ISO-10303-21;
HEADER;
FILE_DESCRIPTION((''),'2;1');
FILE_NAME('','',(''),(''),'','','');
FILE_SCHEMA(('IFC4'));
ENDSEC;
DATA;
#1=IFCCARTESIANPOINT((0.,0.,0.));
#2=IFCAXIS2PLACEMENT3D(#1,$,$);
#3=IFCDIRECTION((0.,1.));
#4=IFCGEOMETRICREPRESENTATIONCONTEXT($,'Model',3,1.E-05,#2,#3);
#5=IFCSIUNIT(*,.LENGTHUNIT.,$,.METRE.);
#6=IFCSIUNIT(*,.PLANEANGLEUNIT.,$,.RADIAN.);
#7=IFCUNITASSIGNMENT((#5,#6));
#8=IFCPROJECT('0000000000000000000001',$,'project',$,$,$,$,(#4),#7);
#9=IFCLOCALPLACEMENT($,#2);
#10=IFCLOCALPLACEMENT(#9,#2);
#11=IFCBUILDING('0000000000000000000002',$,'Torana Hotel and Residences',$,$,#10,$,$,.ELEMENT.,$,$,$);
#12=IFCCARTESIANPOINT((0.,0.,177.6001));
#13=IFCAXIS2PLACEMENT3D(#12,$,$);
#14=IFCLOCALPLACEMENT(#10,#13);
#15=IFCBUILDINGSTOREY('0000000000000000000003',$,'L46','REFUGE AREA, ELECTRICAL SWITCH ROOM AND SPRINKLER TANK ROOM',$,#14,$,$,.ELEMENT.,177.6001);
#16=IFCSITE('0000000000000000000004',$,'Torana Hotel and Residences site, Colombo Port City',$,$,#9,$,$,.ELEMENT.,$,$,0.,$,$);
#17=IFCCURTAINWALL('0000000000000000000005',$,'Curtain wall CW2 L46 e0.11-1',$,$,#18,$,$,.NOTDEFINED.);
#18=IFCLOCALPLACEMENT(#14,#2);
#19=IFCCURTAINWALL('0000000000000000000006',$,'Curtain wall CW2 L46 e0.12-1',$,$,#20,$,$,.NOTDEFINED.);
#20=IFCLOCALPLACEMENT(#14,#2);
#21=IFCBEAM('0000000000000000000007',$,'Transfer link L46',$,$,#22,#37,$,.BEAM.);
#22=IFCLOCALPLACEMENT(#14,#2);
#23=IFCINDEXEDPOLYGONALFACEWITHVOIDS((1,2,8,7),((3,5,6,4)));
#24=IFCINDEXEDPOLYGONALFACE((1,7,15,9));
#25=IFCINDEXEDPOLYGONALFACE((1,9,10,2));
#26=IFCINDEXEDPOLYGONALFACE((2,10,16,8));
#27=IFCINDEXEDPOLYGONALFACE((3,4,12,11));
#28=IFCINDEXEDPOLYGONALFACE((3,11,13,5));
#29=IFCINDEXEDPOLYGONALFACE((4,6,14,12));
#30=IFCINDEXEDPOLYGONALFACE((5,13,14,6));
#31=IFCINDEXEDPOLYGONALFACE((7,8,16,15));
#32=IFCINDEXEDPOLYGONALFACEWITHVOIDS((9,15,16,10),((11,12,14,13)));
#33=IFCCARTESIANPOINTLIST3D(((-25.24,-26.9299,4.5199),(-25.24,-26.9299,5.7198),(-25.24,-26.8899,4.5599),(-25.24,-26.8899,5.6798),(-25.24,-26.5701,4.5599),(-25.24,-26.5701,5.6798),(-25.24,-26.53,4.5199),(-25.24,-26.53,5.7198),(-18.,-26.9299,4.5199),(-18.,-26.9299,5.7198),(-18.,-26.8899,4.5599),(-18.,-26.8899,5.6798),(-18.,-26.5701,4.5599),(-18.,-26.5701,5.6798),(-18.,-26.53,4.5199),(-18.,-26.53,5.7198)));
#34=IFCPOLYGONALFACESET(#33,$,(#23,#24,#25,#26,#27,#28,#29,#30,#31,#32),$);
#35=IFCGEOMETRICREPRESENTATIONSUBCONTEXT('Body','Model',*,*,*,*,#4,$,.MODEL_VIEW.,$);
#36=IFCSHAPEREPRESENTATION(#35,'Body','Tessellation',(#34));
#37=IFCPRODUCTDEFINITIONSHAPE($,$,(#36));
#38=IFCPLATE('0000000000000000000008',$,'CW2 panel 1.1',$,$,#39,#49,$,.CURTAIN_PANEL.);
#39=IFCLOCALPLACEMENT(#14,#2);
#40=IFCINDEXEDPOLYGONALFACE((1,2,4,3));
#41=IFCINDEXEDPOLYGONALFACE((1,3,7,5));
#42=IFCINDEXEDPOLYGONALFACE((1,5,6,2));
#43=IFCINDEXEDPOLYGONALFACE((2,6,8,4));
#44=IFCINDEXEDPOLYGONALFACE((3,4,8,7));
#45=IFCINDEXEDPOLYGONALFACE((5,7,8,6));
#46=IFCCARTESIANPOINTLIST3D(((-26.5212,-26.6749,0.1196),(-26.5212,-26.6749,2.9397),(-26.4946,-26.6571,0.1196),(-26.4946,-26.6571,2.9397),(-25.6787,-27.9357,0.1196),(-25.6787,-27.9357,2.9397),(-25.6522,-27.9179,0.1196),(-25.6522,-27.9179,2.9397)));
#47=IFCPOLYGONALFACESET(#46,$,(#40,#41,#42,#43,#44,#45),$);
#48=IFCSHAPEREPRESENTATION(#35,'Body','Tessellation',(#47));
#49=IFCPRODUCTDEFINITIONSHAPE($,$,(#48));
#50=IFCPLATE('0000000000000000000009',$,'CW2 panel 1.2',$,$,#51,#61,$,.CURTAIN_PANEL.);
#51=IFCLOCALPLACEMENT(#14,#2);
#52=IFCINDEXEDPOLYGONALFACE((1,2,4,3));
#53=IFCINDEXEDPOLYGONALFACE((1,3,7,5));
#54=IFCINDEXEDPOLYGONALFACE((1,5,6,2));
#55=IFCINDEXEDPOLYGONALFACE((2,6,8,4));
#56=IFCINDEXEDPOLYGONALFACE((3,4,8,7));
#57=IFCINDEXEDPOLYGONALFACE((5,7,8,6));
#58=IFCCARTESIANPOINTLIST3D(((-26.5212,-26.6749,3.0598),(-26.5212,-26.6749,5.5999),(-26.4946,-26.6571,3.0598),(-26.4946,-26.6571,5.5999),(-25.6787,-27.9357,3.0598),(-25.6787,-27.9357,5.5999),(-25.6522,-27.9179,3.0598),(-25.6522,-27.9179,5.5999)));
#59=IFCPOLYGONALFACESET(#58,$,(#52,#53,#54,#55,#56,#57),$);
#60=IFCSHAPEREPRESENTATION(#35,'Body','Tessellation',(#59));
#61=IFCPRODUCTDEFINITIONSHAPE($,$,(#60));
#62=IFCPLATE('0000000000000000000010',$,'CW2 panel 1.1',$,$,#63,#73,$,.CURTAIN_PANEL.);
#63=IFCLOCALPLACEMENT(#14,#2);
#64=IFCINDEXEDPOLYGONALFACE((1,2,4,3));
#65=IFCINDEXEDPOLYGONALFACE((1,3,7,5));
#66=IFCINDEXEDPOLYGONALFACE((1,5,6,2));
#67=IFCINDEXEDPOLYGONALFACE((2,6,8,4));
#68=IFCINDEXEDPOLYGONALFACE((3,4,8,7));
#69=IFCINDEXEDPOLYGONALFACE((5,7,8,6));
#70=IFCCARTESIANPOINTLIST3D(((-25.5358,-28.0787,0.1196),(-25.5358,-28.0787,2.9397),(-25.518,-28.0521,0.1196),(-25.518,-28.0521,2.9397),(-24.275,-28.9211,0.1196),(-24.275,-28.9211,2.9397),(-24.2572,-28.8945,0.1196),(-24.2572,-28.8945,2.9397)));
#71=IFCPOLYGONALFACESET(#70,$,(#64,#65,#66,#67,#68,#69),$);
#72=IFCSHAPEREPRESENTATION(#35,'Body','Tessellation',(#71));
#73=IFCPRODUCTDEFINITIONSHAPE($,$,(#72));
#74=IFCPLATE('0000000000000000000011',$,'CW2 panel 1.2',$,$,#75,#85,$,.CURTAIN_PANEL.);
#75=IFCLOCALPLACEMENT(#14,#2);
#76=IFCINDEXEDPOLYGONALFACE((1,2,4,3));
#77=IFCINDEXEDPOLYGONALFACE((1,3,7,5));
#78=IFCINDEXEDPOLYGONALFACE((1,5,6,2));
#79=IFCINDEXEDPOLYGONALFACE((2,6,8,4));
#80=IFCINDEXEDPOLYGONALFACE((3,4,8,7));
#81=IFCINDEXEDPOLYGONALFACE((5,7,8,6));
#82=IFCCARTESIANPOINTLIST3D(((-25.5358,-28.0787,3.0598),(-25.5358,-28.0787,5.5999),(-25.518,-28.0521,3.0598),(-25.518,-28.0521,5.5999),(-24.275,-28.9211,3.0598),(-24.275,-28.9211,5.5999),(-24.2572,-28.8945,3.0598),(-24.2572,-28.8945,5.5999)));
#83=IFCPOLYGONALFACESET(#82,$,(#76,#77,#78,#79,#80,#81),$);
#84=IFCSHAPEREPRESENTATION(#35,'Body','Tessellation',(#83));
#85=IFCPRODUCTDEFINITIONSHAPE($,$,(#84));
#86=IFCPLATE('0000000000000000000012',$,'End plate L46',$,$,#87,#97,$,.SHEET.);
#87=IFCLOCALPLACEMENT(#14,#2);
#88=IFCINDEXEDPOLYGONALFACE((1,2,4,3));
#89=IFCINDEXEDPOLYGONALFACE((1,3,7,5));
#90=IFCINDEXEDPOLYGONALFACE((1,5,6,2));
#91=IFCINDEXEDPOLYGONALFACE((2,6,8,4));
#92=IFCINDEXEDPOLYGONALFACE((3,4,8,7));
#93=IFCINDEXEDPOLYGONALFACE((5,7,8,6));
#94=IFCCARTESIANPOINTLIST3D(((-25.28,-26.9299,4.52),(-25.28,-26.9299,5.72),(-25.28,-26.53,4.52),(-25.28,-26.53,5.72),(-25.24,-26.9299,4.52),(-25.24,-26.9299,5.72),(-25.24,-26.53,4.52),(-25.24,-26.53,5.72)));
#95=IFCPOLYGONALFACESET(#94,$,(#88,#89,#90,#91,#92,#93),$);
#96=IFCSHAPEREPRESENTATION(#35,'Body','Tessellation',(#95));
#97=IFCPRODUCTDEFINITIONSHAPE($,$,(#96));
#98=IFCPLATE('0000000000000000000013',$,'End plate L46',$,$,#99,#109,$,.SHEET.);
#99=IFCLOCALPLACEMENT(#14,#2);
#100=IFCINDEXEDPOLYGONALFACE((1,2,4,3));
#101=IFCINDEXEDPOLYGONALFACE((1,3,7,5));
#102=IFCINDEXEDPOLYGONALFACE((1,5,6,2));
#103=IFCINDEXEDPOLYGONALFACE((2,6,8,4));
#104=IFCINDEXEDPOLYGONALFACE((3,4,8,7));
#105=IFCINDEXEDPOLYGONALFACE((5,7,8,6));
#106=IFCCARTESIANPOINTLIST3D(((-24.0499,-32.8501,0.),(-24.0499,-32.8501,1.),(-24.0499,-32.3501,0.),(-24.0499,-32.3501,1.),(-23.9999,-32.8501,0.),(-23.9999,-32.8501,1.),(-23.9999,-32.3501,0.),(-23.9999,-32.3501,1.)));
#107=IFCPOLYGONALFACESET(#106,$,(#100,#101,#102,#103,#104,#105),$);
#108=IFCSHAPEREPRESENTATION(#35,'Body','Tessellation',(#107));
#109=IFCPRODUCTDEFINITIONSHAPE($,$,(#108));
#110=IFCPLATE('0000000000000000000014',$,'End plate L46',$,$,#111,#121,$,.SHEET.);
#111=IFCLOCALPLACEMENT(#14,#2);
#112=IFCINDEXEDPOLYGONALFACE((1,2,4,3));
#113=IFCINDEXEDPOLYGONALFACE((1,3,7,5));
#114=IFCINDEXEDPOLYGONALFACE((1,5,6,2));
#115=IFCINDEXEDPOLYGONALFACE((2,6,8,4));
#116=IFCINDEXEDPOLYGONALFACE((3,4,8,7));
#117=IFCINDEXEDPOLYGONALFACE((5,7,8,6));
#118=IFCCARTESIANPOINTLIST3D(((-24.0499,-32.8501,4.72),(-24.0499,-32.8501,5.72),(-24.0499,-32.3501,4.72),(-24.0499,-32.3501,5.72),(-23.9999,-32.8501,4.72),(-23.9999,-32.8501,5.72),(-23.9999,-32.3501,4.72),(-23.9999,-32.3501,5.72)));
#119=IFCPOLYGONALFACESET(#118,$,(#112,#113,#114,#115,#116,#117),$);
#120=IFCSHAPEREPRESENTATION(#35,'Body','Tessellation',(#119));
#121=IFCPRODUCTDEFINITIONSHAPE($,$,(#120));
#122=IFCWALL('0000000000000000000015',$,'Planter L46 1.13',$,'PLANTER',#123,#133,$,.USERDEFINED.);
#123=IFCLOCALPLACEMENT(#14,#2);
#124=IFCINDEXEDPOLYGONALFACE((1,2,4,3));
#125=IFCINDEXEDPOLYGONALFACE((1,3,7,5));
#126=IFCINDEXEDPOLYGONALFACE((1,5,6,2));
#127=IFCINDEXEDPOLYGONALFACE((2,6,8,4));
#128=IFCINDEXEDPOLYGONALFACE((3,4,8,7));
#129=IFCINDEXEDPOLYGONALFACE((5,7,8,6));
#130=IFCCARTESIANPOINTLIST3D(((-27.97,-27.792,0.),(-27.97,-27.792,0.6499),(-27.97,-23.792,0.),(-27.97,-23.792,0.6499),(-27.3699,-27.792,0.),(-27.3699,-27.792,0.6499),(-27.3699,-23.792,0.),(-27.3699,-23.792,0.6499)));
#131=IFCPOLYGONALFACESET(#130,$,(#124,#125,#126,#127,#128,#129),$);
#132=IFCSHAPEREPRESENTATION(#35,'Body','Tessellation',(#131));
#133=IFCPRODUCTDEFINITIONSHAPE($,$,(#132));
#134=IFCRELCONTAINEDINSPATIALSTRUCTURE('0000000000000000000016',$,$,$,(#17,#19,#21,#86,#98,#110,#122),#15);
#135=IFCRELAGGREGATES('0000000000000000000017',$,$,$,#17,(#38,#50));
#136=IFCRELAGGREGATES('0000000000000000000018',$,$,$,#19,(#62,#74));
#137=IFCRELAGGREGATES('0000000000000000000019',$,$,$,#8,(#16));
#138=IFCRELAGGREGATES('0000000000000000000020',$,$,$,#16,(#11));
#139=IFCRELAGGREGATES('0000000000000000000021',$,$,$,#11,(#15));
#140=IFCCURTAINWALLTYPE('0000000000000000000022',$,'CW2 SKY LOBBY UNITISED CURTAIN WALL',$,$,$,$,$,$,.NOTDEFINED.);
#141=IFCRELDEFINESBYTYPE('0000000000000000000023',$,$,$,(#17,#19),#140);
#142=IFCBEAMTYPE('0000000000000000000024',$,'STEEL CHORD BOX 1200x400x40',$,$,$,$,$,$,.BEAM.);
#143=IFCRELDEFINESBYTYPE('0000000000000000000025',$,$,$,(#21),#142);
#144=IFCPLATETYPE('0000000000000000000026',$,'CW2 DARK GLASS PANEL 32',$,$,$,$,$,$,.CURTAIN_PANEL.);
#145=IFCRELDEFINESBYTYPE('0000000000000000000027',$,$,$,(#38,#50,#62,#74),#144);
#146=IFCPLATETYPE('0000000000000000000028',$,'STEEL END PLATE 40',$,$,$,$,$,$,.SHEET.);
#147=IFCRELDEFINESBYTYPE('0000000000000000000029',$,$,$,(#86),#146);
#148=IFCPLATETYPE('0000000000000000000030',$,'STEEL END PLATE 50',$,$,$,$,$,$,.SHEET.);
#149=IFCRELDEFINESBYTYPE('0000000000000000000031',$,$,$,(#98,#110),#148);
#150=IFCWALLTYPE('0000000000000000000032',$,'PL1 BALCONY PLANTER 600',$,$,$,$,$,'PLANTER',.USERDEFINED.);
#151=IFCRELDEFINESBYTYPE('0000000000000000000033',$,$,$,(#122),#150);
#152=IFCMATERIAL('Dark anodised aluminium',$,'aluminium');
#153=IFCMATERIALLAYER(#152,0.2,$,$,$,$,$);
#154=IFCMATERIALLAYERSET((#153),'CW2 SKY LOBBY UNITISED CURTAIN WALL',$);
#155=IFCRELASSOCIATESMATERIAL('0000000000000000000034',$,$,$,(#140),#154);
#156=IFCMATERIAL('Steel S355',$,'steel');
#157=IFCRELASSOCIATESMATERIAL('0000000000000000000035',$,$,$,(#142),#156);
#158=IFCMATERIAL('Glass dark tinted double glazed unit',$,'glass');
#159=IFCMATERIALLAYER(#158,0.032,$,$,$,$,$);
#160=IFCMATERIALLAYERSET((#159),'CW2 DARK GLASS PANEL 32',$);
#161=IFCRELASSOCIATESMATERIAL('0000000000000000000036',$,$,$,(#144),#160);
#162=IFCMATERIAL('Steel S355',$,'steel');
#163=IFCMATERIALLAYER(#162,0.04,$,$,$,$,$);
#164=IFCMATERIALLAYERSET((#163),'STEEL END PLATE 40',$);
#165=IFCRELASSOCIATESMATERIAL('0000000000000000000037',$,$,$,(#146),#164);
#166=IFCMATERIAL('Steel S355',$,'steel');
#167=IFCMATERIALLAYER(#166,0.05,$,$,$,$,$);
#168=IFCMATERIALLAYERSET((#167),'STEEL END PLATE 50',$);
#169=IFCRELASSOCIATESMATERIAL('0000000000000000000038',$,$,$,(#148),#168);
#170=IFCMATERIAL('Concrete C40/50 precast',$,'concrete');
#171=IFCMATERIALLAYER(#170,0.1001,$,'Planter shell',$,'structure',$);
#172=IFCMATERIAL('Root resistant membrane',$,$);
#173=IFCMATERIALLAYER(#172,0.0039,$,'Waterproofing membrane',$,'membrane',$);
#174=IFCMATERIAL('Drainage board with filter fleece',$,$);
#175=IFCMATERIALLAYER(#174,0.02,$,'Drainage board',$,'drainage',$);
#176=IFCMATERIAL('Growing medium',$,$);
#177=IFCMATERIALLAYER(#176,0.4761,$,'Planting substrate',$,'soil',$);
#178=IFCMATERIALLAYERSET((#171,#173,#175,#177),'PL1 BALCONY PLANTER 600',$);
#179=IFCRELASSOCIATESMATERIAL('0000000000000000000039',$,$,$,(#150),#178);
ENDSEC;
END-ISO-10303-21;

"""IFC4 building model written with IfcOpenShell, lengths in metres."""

from ifc_helpers import new_model, si_unit, direction, frame, frame_2d, origin, origin_2d, place, context, subcontext, project, spatial, rectangle, hollow_rectangle, extrude, material, layer, layer_set, material_profile, profile_set, type_object, element, aggregate, save


model = new_model("IFC4")

# Units and contexts
model_context = context("Model", 3, precision=1e-05, world=origin(), true_north=direction((0.0, 1.0)))
body_context = subcontext(model_context, "Body", "Model", "MODEL_VIEW")
ifc_project = project(units=[si_unit("LENGTHUNIT", "METRE"), si_unit("PLANEANGLEUNIT", "RADIAN")], contexts=[model_context])

# Site, building, storey
site_placement = place(None, origin())
site = spatial("IfcSite", under=ifc_project, at=site_placement, Name="Torana Hotel and Residences site, Colombo Port City", CompositionType="ELEMENT", RefElevation=0.0)
building_placement = place(site_placement, origin())
building = spatial("IfcBuilding", under=site, at=building_placement, Name="Torana Hotel and Residences", CompositionType="ELEMENT")
storey_placement = place(building_placement, frame((0.0, 0.0, 177.6001)))
storey = spatial("IfcBuildingStorey", under=building, at=storey_placement, Name="L46", Description="REFUGE AREA, ELECTRICAL SWITCH ROOM AND SPRINKLER TANK ROOM", CompositionType="ELEMENT", Elevation=177.6001)

# Curtain wall
ifc_material_1 = material(Name="Dark anodised aluminium", Category="aluminium")
ifc_layer_1 = layer(ifc_material_1, 0.2)
ifc_layer_set_1 = layer_set([ifc_layer_1], Name="CW2 SKY LOBBY UNITISED CURTAIN WALL")
curtain_wall_type = type_object("IfcCurtainWallType", Name="CW2 SKY LOBBY UNITISED CURTAIN WALL", PredefinedType="NOTDEFINED", material=ifc_layer_set_1)
curtain_wall_1_placement = place(storey_placement, origin())
curtain_wall_1 = element("IfcCurtainWall", 1, at=curtain_wall_1_placement, inside=storey, type_object=curtain_wall_type, Name="Curtain wall CW2 L46 e0.11-1", PredefinedType="NOTDEFINED")

# Curtain wall
curtain_wall_2_placement = place(storey_placement, origin())
curtain_wall_2 = element("IfcCurtainWall", 2, at=curtain_wall_2_placement, inside=storey, type_object=curtain_wall_type, Name="Curtain wall CW2 L46 e0.12-1", PredefinedType="NOTDEFINED")

# Beam
ifc_material_2 = material(Name="Steel S355", Category="steel")
ifc_material_profile_1 = material_profile(ifc_material_2, hollow_rectangle(XDim=0.3999, YDim=1.2, WallThickness=0.04, at=origin_2d()), Name="BOX 1200x400x40")
ifc_profile_set_1 = profile_set([ifc_material_profile_1], Name="Steel S355")
beam_type_1 = type_object("IfcBeamType", Name="STEEL CHORD BOX 1200x400x40", PredefinedType="BEAM", material=ifc_profile_set_1)
beam_1_placement = place(storey_placement, frame((-25.24, -26.73, 5.1199), z_axis=(1.0, 0.0, 0.0), x_axis=(0.0, 1.0, 0.0)))
element("IfcBeam", 3, at=beam_1_placement, inside=storey, type_object=beam_type_1, Name="Transfer link L46", PredefinedType="BEAM", context=body_context, shape_type="SweptSolid", body=[
    extrude(hollow_rectangle(XDim=0.3999, YDim=1.2, WallThickness=0.04, at=origin_2d()), origin(), (0.0, 0.0, 1.0), 7.24),
])

# Plates
ifc_material_3 = material(Name="Glass dark tinted double glazed unit", Category="glass")
ifc_layer_2 = layer(ifc_material_3, 0.032)
ifc_layer_set_2 = layer_set([ifc_layer_2], Name="CW2 DARK GLASS PANEL 32")
plate_type_1 = type_object("IfcPlateType", Name="CW2 DARK GLASS PANEL 32", PredefinedType="CURTAIN_PANEL", material=ifc_layer_set_2)
plate_1_placement = place(storey_placement, frame((-26.0867, -27.2964, 0.1196), z_axis=(0.0, 0.0, 1.0), x_axis=(0.555564, -0.831474, 0.0)))
plate_1 = element("IfcPlate", 4, at=plate_1_placement, type_object=plate_type_1, Name="CW2 panel 1.1", PredefinedType="CURTAIN_PANEL", context=body_context, shape_type="SweptSolid", body=[
    extrude(rectangle(XDim=1.5164, YDim=0.032, at=origin_2d()), origin(), (0.0, 0.0, 1.0), 2.8201),
])
plate_2_placement = place(storey_placement, frame((-26.0867, -27.2964, 3.0598), z_axis=(0.0, 0.0, 1.0), x_axis=(0.555564, -0.831474, 0.0)))
plate_2 = element("IfcPlate", 5, at=plate_2_placement, type_object=plate_type_1, Name="CW2 panel 1.2", PredefinedType="CURTAIN_PANEL", context=body_context, shape_type="SweptSolid", body=[
    extrude(rectangle(XDim=1.5164, YDim=0.032, at=origin_2d()), origin(), (0.0, 0.0, 1.0), 2.54),
])
aggregate(curtain_wall_1, [plate_1, plate_2])
plate_3_placement = place(storey_placement, frame((-24.8965, -28.4866, 0.1196), z_axis=(0.0, 0.0, 1.0), x_axis=(0.831474, -0.555564, 0.0)))
plate_3 = element("IfcPlate", 6, at=plate_3_placement, type_object=plate_type_1, Name="CW2 panel 1.1", PredefinedType="CURTAIN_PANEL", context=body_context, shape_type="SweptSolid", body=[
    extrude(rectangle(XDim=1.5164, YDim=0.032, at=origin_2d()), origin(), (0.0, 0.0, 1.0), 2.8201),
])
plate_4_placement = place(storey_placement, frame((-24.8965, -28.4866, 3.0598), z_axis=(0.0, 0.0, 1.0), x_axis=(0.831474, -0.555564, 0.0)))
plate_4 = element("IfcPlate", 7, at=plate_4_placement, type_object=plate_type_1, Name="CW2 panel 1.2", PredefinedType="CURTAIN_PANEL", context=body_context, shape_type="SweptSolid", body=[
    extrude(rectangle(XDim=1.5164, YDim=0.032, at=origin_2d()), origin(), (0.0, 0.0, 1.0), 2.54),
])
aggregate(curtain_wall_2, [plate_3, plate_4])

# Plates
ifc_material_4 = material(Name="Steel S355", Category="steel")
ifc_layer_3 = layer(ifc_material_4, 0.04)
ifc_layer_set_3 = layer_set([ifc_layer_3], Name="STEEL END PLATE 40")
plate_type_2 = type_object("IfcPlateType", Name="STEEL END PLATE 40", PredefinedType="SHEET", material=ifc_layer_set_3)
plate_5_placement = place(storey_placement, frame((-25.26, -26.73, 4.52), z_axis=(0.0, 0.0, 1.0), x_axis=(-1.0, 0.0, 0.0)))
element("IfcPlate", 8, at=plate_5_placement, inside=storey, type_object=plate_type_2, Name="End plate L46", PredefinedType="SHEET", context=body_context, shape_type="SweptSolid", body=[
    extrude(rectangle(XDim=0.04, YDim=0.3999, at=origin_2d()), origin(), (0.0, 0.0, 1.0), 1.2),
])
ifc_material_5 = material(Name="Steel S355", Category="steel")
ifc_layer_4 = layer(ifc_material_5, 0.05)
ifc_layer_set_4 = layer_set([ifc_layer_4], Name="STEEL END PLATE 50")
plate_type_3 = type_object("IfcPlateType", Name="STEEL END PLATE 50", PredefinedType="SHEET", material=ifc_layer_set_4)
for number, where, z_axis, x_axis, name in (
    (9, (-24.0249, -32.6001, 0.0), (0.0, 0.0, 1.0), (-1.0, 0.0, 0.0), "End plate L46"),
    (10, (-24.0249, -32.6001, 4.72), (0.0, 0.0, 1.0), (-1.0, 0.0, 0.0), "End plate L46"),
):
    element("IfcPlate", number, at=place(storey_placement, frame(where, z_axis=z_axis, x_axis=x_axis)), inside=storey, type_object=plate_type_3, Name=name, PredefinedType="SHEET", context=body_context, shape_type="SweptSolid", body=[
        extrude(rectangle(XDim=0.05, YDim=0.5, at=origin_2d()), origin(), (0.0, 0.0, 1.0), 1.0),
    ])

# Wall
ifc_material_6 = material(Name="Concrete C40/50 precast", Category="concrete")
ifc_layer_5 = layer(ifc_material_6, 0.1001, Name="Planter shell", Category="structure")
ifc_material_7 = material(Name="Root resistant membrane")
ifc_layer_6 = layer(ifc_material_7, 0.0039, Name="Waterproofing membrane", Category="membrane")
ifc_material_8 = material(Name="Drainage board with filter fleece")
ifc_layer_7 = layer(ifc_material_8, 0.02, Name="Drainage board", Category="drainage")
ifc_material_9 = material(Name="Growing medium")
ifc_layer_8 = layer(ifc_material_9, 0.4761, Name="Planting substrate", Category="soil")
ifc_layer_set_5 = layer_set([ifc_layer_5, ifc_layer_6, ifc_layer_7, ifc_layer_8], Name="PL1 BALCONY PLANTER 600")
wall_type = type_object("IfcWallType", Name="PL1 BALCONY PLANTER 600", ElementType="PLANTER", PredefinedType="USERDEFINED", material=ifc_layer_set_5)
wall_placement = place(storey_placement, frame((-27.6699, -27.792, 0.0), z_axis=(0.0, 0.0, 1.0), x_axis=(0.0, 1.0, 0.0)))
element("IfcWall", 11, at=wall_placement, inside=storey, type_object=wall_type, Name="Planter L46 1.13", ObjectType="PLANTER", PredefinedType="USERDEFINED", context=body_context, shape_type="SweptSolid", body=[
    extrude(rectangle(XDim=4.0, YDim=0.6001, at=frame_2d((2.0, 0.0))), origin(), (0.0, 0.0, 1.0), 0.6499),
])

save(model, "model.ifc")
